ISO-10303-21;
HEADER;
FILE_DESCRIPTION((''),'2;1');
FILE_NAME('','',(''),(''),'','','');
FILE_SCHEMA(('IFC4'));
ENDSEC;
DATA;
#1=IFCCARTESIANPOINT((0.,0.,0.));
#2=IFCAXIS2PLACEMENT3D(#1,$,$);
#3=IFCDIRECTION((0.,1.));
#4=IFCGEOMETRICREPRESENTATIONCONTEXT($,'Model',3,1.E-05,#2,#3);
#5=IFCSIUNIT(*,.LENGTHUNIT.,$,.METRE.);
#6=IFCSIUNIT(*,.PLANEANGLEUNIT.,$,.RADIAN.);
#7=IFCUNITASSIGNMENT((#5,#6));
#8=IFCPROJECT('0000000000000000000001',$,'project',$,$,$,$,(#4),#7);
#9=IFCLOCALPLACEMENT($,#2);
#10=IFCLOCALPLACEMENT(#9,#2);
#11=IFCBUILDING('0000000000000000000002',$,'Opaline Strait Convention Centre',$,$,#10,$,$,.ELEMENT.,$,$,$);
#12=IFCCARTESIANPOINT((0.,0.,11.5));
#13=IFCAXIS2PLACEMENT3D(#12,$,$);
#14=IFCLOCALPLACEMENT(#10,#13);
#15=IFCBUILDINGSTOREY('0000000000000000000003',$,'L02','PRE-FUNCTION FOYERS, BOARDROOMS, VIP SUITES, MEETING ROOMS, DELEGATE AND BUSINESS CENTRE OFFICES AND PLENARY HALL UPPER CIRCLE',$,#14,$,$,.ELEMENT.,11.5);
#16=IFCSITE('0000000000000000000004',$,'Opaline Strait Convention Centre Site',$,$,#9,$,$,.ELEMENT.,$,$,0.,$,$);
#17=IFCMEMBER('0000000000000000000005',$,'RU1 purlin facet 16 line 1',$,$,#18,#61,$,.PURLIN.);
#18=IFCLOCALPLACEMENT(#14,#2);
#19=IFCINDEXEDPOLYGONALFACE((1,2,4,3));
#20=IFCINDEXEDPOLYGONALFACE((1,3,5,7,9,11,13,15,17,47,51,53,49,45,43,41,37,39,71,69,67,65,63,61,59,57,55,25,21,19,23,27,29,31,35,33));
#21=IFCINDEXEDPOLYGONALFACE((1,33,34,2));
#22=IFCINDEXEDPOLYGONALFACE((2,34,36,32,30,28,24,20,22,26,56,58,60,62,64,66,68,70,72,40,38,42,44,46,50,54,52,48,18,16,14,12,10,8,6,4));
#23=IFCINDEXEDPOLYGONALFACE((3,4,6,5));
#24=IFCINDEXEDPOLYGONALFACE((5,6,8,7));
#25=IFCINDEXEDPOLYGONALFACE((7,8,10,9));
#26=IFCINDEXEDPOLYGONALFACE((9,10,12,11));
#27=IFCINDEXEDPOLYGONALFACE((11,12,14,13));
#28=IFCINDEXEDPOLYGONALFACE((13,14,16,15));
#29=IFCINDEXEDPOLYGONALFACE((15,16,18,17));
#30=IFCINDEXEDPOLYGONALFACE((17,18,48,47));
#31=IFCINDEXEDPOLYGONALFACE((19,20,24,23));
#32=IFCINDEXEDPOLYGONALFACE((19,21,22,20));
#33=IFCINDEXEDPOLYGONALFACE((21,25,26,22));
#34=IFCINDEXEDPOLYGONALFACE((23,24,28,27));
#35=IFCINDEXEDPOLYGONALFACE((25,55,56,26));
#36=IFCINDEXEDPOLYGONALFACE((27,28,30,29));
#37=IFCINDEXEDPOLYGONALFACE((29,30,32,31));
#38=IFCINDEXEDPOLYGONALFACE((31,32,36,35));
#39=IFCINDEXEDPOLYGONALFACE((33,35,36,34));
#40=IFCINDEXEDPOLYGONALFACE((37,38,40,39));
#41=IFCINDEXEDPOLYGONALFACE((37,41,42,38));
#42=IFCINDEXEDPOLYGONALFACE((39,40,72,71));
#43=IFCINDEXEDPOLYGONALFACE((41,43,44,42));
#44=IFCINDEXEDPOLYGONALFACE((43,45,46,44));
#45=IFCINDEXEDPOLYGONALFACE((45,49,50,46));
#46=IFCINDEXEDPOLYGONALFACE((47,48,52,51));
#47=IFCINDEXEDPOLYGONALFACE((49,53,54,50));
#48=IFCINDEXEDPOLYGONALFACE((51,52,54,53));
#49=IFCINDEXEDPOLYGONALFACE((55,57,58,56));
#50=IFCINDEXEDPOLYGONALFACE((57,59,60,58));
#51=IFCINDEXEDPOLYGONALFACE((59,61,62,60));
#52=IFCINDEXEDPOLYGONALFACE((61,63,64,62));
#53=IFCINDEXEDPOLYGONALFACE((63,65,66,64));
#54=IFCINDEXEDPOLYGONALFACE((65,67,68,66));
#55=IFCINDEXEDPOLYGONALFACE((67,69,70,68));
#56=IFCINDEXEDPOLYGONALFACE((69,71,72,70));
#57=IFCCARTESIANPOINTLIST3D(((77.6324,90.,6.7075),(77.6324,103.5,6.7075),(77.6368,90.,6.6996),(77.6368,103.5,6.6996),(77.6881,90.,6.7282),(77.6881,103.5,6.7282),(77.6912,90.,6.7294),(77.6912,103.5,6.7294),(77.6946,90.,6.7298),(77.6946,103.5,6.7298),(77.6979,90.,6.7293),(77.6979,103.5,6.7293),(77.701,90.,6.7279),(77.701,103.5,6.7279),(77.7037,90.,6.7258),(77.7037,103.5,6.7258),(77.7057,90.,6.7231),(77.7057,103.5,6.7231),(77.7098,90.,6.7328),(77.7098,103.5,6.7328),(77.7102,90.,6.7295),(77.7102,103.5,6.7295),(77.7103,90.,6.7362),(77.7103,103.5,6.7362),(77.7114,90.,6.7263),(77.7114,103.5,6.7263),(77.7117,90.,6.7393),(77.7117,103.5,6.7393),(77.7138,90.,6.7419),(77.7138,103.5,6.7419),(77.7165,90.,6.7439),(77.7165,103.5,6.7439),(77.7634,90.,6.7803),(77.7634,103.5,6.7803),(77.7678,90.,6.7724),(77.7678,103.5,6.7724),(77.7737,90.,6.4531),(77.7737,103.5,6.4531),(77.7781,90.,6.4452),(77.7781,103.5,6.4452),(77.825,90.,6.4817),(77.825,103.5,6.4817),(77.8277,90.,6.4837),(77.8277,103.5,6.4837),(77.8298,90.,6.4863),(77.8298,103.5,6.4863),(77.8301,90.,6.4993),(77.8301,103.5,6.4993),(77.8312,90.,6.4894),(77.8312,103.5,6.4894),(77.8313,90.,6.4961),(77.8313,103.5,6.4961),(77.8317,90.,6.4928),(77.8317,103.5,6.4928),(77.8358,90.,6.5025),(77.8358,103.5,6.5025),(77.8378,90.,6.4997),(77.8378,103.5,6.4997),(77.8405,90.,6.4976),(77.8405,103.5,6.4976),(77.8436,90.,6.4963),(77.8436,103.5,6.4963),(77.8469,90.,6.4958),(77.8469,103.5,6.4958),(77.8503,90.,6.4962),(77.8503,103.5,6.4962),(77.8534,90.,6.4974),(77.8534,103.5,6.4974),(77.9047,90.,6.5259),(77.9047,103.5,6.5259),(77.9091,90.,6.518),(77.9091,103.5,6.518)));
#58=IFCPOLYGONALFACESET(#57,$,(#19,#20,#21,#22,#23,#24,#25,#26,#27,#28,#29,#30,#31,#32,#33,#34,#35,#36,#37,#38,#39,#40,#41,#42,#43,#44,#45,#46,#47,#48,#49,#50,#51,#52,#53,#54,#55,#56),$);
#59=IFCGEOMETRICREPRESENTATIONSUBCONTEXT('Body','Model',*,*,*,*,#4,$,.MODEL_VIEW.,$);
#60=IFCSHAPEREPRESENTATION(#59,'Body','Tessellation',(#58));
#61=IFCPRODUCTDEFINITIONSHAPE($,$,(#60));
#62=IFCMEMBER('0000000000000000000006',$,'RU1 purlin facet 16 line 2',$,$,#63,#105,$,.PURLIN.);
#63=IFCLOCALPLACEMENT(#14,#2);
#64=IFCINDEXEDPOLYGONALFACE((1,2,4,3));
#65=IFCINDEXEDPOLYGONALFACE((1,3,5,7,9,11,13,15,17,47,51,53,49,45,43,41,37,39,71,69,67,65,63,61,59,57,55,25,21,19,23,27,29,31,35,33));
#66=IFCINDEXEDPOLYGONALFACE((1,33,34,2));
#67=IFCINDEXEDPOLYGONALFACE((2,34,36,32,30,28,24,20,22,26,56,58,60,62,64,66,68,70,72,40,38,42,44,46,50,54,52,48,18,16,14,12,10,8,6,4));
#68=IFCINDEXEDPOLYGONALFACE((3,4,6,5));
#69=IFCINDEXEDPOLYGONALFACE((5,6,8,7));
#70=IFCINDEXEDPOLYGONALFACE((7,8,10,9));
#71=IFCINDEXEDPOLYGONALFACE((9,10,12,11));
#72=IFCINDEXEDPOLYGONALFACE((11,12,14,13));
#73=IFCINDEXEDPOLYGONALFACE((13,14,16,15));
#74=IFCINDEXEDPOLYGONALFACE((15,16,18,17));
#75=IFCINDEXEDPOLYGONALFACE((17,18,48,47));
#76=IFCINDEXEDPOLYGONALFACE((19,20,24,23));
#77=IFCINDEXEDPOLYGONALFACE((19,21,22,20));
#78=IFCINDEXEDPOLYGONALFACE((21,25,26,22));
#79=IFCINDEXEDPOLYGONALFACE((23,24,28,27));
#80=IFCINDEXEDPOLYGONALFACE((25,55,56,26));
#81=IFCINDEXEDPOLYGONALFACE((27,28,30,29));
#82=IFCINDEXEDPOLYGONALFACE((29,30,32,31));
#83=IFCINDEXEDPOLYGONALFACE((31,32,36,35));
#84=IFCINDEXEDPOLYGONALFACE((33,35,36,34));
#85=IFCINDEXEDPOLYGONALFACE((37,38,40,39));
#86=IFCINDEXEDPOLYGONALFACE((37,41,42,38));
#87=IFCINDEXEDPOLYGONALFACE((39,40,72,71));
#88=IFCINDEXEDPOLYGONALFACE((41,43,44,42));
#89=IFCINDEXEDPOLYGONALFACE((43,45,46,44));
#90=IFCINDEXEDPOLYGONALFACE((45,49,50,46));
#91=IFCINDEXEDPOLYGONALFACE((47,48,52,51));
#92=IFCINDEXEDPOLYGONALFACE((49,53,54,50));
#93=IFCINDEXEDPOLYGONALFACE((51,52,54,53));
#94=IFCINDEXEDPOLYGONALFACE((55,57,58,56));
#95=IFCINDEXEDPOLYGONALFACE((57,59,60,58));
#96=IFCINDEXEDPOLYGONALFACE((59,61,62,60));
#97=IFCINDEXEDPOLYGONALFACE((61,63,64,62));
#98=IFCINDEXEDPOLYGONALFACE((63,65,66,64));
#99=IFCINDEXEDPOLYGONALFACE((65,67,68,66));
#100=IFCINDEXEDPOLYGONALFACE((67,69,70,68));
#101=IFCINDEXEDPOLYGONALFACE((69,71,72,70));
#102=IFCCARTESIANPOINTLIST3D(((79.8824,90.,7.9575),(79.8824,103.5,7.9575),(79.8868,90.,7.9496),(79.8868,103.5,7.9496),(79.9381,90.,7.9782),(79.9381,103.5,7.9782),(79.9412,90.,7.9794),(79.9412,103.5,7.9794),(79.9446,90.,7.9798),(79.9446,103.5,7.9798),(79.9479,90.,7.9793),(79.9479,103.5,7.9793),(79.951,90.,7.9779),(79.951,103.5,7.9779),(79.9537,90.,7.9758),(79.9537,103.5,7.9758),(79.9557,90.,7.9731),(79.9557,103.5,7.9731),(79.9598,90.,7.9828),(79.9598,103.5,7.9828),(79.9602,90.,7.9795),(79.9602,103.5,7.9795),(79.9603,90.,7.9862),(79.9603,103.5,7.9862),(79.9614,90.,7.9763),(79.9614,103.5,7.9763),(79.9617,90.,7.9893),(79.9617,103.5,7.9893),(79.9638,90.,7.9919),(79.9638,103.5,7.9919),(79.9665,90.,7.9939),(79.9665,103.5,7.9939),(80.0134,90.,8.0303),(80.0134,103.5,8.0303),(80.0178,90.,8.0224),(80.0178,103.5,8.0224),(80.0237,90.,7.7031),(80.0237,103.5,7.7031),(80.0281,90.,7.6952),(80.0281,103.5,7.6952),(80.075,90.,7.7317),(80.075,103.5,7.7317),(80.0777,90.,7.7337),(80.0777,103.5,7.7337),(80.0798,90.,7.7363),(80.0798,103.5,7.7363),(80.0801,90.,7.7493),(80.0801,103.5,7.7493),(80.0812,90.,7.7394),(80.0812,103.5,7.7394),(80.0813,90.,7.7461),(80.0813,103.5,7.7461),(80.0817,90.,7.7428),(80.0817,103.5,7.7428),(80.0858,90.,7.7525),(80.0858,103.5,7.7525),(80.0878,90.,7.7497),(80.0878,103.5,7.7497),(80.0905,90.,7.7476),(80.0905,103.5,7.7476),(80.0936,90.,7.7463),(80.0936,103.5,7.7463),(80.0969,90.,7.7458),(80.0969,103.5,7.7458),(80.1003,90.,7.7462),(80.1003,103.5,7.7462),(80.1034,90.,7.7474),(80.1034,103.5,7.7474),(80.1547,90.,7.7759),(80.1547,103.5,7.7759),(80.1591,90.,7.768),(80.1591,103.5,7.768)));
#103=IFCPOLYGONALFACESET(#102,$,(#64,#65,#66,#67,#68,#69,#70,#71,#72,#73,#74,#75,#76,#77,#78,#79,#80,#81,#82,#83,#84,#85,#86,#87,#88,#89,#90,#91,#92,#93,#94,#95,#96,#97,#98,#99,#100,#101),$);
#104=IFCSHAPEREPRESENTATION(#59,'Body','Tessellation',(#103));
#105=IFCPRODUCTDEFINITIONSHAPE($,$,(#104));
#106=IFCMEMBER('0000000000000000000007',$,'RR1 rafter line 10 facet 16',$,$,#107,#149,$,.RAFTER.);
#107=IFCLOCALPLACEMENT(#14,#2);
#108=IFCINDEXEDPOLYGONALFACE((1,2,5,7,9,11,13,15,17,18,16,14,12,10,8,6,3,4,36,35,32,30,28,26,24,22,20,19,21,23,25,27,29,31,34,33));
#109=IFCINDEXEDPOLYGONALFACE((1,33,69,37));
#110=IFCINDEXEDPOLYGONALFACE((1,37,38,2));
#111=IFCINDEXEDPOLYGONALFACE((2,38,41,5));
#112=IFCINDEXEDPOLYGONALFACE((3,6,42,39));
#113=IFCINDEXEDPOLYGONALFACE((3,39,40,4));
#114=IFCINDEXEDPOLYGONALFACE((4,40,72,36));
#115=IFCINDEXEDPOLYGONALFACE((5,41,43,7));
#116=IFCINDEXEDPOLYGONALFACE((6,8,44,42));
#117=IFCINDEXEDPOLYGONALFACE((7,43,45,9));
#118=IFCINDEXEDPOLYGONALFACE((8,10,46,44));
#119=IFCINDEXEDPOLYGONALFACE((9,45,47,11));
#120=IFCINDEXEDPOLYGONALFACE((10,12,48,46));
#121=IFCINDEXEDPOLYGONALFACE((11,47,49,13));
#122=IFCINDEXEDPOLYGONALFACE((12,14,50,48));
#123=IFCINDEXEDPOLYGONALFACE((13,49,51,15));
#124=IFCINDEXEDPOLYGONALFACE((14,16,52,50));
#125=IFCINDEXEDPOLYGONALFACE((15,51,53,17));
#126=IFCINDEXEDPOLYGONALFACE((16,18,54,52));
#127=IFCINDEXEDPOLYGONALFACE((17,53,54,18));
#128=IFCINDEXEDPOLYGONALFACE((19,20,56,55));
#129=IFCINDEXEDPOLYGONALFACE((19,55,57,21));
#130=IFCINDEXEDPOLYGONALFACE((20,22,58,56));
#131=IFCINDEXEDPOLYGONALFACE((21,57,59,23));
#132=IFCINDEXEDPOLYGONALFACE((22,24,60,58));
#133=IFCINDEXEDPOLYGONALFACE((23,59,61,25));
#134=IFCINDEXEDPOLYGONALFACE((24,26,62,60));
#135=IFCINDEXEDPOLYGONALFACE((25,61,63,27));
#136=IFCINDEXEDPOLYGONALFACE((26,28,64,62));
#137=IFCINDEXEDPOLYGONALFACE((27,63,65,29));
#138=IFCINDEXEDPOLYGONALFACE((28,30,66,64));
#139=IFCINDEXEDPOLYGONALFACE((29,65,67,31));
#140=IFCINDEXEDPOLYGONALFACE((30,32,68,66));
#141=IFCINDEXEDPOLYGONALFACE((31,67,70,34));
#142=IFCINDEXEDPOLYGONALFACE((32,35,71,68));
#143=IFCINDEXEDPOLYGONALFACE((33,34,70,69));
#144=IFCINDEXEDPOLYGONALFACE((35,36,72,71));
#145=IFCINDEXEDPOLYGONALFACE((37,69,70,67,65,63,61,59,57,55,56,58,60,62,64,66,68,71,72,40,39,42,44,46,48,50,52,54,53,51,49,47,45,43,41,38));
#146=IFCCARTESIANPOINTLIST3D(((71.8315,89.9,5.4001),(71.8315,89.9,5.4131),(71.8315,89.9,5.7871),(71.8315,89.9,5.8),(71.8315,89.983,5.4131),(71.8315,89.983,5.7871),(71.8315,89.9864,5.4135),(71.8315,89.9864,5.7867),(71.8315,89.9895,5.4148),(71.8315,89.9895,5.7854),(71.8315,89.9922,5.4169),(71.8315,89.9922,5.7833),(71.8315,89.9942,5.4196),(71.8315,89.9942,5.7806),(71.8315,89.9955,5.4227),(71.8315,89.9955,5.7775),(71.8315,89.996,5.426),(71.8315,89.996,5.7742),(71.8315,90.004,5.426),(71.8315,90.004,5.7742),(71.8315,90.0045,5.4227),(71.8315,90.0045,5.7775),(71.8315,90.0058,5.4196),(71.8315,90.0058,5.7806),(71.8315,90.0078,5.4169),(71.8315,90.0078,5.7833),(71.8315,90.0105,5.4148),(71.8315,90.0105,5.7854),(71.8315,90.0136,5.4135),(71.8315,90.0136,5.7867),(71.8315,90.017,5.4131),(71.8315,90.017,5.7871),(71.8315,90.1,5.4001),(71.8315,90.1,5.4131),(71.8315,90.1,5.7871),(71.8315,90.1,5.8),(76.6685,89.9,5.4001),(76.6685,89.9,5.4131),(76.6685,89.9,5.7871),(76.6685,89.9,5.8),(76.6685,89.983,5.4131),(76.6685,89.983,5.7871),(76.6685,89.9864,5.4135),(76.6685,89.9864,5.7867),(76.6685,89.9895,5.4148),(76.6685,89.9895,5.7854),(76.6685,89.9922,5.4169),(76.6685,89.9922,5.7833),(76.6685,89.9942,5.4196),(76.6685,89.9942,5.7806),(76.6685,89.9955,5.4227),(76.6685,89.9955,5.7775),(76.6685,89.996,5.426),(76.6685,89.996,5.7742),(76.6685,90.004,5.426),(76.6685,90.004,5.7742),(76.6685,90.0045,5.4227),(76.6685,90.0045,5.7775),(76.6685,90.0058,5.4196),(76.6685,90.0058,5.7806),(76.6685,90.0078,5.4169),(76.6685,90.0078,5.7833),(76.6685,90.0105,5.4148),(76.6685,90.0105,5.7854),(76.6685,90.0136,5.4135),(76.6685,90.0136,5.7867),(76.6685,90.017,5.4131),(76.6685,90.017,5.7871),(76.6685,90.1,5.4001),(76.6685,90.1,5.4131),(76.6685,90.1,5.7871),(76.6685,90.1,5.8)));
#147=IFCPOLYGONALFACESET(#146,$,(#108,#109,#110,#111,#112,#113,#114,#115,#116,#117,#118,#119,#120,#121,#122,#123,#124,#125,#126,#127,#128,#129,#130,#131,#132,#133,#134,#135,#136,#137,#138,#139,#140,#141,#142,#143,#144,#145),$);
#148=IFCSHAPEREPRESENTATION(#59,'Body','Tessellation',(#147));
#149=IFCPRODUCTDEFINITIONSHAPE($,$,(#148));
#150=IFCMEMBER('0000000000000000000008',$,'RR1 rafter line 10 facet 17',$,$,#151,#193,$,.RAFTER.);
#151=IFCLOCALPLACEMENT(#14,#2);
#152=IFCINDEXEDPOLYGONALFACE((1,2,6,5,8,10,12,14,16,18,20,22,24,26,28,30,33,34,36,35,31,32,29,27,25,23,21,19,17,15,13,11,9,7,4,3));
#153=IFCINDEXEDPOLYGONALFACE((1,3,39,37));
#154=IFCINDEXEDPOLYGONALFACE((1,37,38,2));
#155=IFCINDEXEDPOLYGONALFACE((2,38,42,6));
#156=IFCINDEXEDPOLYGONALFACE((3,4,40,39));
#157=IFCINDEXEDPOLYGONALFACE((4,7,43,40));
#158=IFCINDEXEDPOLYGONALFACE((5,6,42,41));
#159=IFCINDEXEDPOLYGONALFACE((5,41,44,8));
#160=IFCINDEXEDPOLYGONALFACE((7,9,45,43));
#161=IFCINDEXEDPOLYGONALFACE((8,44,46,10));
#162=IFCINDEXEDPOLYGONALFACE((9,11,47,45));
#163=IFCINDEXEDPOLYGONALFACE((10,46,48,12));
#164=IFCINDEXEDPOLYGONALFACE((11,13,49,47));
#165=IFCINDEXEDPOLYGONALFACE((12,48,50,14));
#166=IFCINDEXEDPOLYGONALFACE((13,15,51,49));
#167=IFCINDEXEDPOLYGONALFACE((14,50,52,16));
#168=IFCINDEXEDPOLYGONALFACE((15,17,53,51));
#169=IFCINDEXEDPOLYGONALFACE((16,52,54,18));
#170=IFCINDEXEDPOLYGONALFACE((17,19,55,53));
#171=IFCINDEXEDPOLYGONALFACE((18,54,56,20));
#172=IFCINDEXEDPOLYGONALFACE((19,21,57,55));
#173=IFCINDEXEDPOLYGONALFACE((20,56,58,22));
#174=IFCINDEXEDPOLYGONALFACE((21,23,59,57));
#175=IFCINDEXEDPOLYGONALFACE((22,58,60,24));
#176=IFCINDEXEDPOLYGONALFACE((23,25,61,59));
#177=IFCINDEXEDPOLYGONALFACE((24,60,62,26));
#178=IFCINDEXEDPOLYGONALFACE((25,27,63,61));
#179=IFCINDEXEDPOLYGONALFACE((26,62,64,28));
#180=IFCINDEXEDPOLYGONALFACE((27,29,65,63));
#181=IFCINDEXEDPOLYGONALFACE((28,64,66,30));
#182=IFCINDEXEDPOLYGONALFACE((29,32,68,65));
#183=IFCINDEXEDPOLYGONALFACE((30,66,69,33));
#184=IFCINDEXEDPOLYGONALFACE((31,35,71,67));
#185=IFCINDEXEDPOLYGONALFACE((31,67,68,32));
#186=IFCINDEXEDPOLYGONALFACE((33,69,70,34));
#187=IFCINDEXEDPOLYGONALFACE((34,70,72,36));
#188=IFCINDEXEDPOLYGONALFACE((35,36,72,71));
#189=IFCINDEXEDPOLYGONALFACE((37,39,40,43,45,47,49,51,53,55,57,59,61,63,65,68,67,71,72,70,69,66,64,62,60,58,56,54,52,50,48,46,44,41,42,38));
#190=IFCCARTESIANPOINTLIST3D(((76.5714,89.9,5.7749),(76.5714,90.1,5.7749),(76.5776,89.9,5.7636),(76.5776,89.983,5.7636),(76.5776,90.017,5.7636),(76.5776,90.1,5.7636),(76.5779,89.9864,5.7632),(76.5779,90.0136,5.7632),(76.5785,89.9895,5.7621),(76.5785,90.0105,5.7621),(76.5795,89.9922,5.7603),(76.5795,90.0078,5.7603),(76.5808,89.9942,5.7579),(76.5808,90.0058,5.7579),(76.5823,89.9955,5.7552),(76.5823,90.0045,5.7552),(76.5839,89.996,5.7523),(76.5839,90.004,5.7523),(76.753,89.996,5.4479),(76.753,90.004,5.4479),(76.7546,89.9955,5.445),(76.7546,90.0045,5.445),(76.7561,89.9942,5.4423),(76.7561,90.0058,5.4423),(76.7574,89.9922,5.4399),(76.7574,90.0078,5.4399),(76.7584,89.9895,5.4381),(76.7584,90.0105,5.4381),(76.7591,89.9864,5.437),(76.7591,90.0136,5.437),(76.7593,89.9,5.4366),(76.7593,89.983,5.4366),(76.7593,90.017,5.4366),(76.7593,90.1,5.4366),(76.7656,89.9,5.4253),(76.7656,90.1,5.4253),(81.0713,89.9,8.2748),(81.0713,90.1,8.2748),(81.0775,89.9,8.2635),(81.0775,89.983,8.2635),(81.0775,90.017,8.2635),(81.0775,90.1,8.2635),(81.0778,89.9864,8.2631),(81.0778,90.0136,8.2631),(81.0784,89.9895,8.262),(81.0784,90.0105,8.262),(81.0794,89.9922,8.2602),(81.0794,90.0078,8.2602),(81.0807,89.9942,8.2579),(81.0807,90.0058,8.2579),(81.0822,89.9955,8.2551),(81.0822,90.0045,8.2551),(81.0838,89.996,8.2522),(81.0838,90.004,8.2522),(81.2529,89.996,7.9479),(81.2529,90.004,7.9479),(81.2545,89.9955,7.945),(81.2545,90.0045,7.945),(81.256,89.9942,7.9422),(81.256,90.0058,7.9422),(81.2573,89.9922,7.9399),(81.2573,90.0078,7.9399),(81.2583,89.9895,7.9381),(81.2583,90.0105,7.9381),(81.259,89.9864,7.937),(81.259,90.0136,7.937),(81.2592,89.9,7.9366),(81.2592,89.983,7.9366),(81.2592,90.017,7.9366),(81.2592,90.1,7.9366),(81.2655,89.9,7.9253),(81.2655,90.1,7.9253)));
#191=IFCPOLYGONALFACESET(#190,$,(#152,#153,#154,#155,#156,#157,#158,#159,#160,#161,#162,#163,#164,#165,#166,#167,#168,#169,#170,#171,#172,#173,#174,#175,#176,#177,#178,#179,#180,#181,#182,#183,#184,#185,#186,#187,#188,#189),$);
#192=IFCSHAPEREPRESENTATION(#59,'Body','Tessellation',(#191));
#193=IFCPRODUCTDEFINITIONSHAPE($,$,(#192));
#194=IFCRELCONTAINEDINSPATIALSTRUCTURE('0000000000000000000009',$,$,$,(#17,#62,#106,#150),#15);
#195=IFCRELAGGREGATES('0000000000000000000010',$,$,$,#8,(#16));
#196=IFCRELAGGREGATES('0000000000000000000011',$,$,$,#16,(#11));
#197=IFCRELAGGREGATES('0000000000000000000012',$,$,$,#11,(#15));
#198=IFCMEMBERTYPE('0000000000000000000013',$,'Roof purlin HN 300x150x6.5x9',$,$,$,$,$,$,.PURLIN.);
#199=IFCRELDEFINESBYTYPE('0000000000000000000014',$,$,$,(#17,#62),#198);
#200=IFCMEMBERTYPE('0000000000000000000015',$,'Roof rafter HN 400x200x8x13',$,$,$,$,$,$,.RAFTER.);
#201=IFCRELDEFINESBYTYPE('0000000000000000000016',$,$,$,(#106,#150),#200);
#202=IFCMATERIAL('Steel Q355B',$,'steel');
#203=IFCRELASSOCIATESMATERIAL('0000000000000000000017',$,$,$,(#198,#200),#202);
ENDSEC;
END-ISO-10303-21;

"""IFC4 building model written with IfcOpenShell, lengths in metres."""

from ifc_helpers import new_model, si_unit, direction, frame, origin, origin_2d, place, context, subcontext, project, spatial, i_section, extrude, material, material_profile, profile_set, type_object, element, save


model = new_model("IFC4")

# Units and contexts
model_context = context("Model", 3, precision=1e-05, world=origin(), true_north=direction((0.0, 1.0)))
body_context = subcontext(model_context, "Body", "Model", "MODEL_VIEW")
ifc_project = project(units=[si_unit("LENGTHUNIT", "METRE"), si_unit("PLANEANGLEUNIT", "RADIAN")], contexts=[model_context])

# Site, building, storey
site_placement = place(None, origin())
site = spatial("IfcSite", under=ifc_project, at=site_placement, Name="Opaline Strait Convention Centre Site", CompositionType="ELEMENT", RefElevation=0.0)
building_placement = place(site_placement, origin())
building = spatial("IfcBuilding", under=site, at=building_placement, Name="Opaline Strait Convention Centre", CompositionType="ELEMENT")
storey_placement = place(building_placement, frame((0.0, 0.0, 11.5)))
storey = spatial("IfcBuildingStorey", under=building, at=storey_placement, Name="L02", Description="PRE-FUNCTION FOYERS, BOARDROOMS, VIP SUITES, MEETING ROOMS, DELEGATE AND BUSINESS CENTRE OFFICES AND PLENARY HALL UPPER CIRCLE", CompositionType="ELEMENT", Elevation=11.5)

# Members
ifc_material_1 = material(Name="Steel Q355B", Category="steel")
ifc_material_profile_1 = material_profile(ifc_material_1, i_section(OverallWidth=0.1499, OverallDepth=0.3, WebThickness=0.0066, FlangeThickness=0.009, FilletRadius=0.0129, at=origin_2d()), Name="HN 300x150x6.5x9")
ifc_profile_set_1 = profile_set([ifc_material_profile_1], Name="Steel Q355B")
member_type_1 = type_object("IfcMemberType", Name="Roof purlin HN 300x150x6.5x9", PredefinedType="PURLIN", material=ifc_profile_set_1)
for number, where, z_axis, x_axis, name in (
    (1, (77.7708, 90.0, 6.6128), (0.0, 1.0, 0.0), (-0.874157, 0.0, -0.485643), "RU1 purlin facet 16 line 1"),
    (2, (80.0208, 90.0, 7.8628), (0.0, 1.0, 0.0), (-0.874157, 0.0, -0.485643), "RU1 purlin facet 16 line 2"),
):
    element("IfcMember", number, at=place(storey_placement, frame(where, z_axis=z_axis, x_axis=x_axis)), inside=storey, type_object=member_type_1, Name=name, PredefinedType="PURLIN", context=body_context, shape_type="SweptSolid", body=[
        extrude(i_section(OverallWidth=0.1499, OverallDepth=0.3, WebThickness=0.0066, FlangeThickness=0.009, FilletRadius=0.0129, at=origin_2d()), origin(), (0.0, 0.0, 1.0), 13.5),
    ])
ifc_material_profile_2 = material_profile(ifc_material_1, i_section(OverallWidth=0.2, OverallDepth=0.3999, WebThickness=0.0081, FlangeThickness=0.0129, FilletRadius=0.0129, at=origin_2d()), Name="HN 400x200x8x13")
ifc_profile_set_2 = profile_set([ifc_material_profile_2], Name="Steel Q355B")
member_type_2 = type_object("IfcMemberType", Name="Roof rafter HN 400x200x8x13", PredefinedType="RAFTER", material=ifc_profile_set_2)
member_1_placement = place(storey_placement, frame((71.8315, 90.0, 5.6001), z_axis=(1.0, 0.0, 0.0), x_axis=(0.0, 1.0, 0.0)))
element("IfcMember", 3, at=member_1_placement, inside=storey, type_object=member_type_2, Name="RR1 rafter line 10 facet 16", PredefinedType="RAFTER", context=body_context, shape_type="SweptSolid", body=[
    extrude(i_section(OverallWidth=0.2, OverallDepth=0.3999, WebThickness=0.0081, FlangeThickness=0.0129, FilletRadius=0.0129, at=origin_2d()), origin(), (0.0, 0.0, 1.0), 4.8369),
])
member_2_placement = place(storey_placement, frame((76.6685, 90.0, 5.6001), z_axis=(0.874157, 0.0, 0.485643), x_axis=(0.0, 1.0, 0.0)))
element("IfcMember", 4, at=member_2_placement, inside=storey, type_object=member_type_2, Name="RR1 rafter line 10 facet 17", PredefinedType="RAFTER", context=body_context, shape_type="SweptSolid", body=[
    extrude(i_section(OverallWidth=0.2, OverallDepth=0.3999, WebThickness=0.0081, FlangeThickness=0.0129, FilletRadius=0.0129, at=origin_2d()), origin(), (0.0, 0.0, 1.0), 5.1477),
])

save(model, "model.ifc")
